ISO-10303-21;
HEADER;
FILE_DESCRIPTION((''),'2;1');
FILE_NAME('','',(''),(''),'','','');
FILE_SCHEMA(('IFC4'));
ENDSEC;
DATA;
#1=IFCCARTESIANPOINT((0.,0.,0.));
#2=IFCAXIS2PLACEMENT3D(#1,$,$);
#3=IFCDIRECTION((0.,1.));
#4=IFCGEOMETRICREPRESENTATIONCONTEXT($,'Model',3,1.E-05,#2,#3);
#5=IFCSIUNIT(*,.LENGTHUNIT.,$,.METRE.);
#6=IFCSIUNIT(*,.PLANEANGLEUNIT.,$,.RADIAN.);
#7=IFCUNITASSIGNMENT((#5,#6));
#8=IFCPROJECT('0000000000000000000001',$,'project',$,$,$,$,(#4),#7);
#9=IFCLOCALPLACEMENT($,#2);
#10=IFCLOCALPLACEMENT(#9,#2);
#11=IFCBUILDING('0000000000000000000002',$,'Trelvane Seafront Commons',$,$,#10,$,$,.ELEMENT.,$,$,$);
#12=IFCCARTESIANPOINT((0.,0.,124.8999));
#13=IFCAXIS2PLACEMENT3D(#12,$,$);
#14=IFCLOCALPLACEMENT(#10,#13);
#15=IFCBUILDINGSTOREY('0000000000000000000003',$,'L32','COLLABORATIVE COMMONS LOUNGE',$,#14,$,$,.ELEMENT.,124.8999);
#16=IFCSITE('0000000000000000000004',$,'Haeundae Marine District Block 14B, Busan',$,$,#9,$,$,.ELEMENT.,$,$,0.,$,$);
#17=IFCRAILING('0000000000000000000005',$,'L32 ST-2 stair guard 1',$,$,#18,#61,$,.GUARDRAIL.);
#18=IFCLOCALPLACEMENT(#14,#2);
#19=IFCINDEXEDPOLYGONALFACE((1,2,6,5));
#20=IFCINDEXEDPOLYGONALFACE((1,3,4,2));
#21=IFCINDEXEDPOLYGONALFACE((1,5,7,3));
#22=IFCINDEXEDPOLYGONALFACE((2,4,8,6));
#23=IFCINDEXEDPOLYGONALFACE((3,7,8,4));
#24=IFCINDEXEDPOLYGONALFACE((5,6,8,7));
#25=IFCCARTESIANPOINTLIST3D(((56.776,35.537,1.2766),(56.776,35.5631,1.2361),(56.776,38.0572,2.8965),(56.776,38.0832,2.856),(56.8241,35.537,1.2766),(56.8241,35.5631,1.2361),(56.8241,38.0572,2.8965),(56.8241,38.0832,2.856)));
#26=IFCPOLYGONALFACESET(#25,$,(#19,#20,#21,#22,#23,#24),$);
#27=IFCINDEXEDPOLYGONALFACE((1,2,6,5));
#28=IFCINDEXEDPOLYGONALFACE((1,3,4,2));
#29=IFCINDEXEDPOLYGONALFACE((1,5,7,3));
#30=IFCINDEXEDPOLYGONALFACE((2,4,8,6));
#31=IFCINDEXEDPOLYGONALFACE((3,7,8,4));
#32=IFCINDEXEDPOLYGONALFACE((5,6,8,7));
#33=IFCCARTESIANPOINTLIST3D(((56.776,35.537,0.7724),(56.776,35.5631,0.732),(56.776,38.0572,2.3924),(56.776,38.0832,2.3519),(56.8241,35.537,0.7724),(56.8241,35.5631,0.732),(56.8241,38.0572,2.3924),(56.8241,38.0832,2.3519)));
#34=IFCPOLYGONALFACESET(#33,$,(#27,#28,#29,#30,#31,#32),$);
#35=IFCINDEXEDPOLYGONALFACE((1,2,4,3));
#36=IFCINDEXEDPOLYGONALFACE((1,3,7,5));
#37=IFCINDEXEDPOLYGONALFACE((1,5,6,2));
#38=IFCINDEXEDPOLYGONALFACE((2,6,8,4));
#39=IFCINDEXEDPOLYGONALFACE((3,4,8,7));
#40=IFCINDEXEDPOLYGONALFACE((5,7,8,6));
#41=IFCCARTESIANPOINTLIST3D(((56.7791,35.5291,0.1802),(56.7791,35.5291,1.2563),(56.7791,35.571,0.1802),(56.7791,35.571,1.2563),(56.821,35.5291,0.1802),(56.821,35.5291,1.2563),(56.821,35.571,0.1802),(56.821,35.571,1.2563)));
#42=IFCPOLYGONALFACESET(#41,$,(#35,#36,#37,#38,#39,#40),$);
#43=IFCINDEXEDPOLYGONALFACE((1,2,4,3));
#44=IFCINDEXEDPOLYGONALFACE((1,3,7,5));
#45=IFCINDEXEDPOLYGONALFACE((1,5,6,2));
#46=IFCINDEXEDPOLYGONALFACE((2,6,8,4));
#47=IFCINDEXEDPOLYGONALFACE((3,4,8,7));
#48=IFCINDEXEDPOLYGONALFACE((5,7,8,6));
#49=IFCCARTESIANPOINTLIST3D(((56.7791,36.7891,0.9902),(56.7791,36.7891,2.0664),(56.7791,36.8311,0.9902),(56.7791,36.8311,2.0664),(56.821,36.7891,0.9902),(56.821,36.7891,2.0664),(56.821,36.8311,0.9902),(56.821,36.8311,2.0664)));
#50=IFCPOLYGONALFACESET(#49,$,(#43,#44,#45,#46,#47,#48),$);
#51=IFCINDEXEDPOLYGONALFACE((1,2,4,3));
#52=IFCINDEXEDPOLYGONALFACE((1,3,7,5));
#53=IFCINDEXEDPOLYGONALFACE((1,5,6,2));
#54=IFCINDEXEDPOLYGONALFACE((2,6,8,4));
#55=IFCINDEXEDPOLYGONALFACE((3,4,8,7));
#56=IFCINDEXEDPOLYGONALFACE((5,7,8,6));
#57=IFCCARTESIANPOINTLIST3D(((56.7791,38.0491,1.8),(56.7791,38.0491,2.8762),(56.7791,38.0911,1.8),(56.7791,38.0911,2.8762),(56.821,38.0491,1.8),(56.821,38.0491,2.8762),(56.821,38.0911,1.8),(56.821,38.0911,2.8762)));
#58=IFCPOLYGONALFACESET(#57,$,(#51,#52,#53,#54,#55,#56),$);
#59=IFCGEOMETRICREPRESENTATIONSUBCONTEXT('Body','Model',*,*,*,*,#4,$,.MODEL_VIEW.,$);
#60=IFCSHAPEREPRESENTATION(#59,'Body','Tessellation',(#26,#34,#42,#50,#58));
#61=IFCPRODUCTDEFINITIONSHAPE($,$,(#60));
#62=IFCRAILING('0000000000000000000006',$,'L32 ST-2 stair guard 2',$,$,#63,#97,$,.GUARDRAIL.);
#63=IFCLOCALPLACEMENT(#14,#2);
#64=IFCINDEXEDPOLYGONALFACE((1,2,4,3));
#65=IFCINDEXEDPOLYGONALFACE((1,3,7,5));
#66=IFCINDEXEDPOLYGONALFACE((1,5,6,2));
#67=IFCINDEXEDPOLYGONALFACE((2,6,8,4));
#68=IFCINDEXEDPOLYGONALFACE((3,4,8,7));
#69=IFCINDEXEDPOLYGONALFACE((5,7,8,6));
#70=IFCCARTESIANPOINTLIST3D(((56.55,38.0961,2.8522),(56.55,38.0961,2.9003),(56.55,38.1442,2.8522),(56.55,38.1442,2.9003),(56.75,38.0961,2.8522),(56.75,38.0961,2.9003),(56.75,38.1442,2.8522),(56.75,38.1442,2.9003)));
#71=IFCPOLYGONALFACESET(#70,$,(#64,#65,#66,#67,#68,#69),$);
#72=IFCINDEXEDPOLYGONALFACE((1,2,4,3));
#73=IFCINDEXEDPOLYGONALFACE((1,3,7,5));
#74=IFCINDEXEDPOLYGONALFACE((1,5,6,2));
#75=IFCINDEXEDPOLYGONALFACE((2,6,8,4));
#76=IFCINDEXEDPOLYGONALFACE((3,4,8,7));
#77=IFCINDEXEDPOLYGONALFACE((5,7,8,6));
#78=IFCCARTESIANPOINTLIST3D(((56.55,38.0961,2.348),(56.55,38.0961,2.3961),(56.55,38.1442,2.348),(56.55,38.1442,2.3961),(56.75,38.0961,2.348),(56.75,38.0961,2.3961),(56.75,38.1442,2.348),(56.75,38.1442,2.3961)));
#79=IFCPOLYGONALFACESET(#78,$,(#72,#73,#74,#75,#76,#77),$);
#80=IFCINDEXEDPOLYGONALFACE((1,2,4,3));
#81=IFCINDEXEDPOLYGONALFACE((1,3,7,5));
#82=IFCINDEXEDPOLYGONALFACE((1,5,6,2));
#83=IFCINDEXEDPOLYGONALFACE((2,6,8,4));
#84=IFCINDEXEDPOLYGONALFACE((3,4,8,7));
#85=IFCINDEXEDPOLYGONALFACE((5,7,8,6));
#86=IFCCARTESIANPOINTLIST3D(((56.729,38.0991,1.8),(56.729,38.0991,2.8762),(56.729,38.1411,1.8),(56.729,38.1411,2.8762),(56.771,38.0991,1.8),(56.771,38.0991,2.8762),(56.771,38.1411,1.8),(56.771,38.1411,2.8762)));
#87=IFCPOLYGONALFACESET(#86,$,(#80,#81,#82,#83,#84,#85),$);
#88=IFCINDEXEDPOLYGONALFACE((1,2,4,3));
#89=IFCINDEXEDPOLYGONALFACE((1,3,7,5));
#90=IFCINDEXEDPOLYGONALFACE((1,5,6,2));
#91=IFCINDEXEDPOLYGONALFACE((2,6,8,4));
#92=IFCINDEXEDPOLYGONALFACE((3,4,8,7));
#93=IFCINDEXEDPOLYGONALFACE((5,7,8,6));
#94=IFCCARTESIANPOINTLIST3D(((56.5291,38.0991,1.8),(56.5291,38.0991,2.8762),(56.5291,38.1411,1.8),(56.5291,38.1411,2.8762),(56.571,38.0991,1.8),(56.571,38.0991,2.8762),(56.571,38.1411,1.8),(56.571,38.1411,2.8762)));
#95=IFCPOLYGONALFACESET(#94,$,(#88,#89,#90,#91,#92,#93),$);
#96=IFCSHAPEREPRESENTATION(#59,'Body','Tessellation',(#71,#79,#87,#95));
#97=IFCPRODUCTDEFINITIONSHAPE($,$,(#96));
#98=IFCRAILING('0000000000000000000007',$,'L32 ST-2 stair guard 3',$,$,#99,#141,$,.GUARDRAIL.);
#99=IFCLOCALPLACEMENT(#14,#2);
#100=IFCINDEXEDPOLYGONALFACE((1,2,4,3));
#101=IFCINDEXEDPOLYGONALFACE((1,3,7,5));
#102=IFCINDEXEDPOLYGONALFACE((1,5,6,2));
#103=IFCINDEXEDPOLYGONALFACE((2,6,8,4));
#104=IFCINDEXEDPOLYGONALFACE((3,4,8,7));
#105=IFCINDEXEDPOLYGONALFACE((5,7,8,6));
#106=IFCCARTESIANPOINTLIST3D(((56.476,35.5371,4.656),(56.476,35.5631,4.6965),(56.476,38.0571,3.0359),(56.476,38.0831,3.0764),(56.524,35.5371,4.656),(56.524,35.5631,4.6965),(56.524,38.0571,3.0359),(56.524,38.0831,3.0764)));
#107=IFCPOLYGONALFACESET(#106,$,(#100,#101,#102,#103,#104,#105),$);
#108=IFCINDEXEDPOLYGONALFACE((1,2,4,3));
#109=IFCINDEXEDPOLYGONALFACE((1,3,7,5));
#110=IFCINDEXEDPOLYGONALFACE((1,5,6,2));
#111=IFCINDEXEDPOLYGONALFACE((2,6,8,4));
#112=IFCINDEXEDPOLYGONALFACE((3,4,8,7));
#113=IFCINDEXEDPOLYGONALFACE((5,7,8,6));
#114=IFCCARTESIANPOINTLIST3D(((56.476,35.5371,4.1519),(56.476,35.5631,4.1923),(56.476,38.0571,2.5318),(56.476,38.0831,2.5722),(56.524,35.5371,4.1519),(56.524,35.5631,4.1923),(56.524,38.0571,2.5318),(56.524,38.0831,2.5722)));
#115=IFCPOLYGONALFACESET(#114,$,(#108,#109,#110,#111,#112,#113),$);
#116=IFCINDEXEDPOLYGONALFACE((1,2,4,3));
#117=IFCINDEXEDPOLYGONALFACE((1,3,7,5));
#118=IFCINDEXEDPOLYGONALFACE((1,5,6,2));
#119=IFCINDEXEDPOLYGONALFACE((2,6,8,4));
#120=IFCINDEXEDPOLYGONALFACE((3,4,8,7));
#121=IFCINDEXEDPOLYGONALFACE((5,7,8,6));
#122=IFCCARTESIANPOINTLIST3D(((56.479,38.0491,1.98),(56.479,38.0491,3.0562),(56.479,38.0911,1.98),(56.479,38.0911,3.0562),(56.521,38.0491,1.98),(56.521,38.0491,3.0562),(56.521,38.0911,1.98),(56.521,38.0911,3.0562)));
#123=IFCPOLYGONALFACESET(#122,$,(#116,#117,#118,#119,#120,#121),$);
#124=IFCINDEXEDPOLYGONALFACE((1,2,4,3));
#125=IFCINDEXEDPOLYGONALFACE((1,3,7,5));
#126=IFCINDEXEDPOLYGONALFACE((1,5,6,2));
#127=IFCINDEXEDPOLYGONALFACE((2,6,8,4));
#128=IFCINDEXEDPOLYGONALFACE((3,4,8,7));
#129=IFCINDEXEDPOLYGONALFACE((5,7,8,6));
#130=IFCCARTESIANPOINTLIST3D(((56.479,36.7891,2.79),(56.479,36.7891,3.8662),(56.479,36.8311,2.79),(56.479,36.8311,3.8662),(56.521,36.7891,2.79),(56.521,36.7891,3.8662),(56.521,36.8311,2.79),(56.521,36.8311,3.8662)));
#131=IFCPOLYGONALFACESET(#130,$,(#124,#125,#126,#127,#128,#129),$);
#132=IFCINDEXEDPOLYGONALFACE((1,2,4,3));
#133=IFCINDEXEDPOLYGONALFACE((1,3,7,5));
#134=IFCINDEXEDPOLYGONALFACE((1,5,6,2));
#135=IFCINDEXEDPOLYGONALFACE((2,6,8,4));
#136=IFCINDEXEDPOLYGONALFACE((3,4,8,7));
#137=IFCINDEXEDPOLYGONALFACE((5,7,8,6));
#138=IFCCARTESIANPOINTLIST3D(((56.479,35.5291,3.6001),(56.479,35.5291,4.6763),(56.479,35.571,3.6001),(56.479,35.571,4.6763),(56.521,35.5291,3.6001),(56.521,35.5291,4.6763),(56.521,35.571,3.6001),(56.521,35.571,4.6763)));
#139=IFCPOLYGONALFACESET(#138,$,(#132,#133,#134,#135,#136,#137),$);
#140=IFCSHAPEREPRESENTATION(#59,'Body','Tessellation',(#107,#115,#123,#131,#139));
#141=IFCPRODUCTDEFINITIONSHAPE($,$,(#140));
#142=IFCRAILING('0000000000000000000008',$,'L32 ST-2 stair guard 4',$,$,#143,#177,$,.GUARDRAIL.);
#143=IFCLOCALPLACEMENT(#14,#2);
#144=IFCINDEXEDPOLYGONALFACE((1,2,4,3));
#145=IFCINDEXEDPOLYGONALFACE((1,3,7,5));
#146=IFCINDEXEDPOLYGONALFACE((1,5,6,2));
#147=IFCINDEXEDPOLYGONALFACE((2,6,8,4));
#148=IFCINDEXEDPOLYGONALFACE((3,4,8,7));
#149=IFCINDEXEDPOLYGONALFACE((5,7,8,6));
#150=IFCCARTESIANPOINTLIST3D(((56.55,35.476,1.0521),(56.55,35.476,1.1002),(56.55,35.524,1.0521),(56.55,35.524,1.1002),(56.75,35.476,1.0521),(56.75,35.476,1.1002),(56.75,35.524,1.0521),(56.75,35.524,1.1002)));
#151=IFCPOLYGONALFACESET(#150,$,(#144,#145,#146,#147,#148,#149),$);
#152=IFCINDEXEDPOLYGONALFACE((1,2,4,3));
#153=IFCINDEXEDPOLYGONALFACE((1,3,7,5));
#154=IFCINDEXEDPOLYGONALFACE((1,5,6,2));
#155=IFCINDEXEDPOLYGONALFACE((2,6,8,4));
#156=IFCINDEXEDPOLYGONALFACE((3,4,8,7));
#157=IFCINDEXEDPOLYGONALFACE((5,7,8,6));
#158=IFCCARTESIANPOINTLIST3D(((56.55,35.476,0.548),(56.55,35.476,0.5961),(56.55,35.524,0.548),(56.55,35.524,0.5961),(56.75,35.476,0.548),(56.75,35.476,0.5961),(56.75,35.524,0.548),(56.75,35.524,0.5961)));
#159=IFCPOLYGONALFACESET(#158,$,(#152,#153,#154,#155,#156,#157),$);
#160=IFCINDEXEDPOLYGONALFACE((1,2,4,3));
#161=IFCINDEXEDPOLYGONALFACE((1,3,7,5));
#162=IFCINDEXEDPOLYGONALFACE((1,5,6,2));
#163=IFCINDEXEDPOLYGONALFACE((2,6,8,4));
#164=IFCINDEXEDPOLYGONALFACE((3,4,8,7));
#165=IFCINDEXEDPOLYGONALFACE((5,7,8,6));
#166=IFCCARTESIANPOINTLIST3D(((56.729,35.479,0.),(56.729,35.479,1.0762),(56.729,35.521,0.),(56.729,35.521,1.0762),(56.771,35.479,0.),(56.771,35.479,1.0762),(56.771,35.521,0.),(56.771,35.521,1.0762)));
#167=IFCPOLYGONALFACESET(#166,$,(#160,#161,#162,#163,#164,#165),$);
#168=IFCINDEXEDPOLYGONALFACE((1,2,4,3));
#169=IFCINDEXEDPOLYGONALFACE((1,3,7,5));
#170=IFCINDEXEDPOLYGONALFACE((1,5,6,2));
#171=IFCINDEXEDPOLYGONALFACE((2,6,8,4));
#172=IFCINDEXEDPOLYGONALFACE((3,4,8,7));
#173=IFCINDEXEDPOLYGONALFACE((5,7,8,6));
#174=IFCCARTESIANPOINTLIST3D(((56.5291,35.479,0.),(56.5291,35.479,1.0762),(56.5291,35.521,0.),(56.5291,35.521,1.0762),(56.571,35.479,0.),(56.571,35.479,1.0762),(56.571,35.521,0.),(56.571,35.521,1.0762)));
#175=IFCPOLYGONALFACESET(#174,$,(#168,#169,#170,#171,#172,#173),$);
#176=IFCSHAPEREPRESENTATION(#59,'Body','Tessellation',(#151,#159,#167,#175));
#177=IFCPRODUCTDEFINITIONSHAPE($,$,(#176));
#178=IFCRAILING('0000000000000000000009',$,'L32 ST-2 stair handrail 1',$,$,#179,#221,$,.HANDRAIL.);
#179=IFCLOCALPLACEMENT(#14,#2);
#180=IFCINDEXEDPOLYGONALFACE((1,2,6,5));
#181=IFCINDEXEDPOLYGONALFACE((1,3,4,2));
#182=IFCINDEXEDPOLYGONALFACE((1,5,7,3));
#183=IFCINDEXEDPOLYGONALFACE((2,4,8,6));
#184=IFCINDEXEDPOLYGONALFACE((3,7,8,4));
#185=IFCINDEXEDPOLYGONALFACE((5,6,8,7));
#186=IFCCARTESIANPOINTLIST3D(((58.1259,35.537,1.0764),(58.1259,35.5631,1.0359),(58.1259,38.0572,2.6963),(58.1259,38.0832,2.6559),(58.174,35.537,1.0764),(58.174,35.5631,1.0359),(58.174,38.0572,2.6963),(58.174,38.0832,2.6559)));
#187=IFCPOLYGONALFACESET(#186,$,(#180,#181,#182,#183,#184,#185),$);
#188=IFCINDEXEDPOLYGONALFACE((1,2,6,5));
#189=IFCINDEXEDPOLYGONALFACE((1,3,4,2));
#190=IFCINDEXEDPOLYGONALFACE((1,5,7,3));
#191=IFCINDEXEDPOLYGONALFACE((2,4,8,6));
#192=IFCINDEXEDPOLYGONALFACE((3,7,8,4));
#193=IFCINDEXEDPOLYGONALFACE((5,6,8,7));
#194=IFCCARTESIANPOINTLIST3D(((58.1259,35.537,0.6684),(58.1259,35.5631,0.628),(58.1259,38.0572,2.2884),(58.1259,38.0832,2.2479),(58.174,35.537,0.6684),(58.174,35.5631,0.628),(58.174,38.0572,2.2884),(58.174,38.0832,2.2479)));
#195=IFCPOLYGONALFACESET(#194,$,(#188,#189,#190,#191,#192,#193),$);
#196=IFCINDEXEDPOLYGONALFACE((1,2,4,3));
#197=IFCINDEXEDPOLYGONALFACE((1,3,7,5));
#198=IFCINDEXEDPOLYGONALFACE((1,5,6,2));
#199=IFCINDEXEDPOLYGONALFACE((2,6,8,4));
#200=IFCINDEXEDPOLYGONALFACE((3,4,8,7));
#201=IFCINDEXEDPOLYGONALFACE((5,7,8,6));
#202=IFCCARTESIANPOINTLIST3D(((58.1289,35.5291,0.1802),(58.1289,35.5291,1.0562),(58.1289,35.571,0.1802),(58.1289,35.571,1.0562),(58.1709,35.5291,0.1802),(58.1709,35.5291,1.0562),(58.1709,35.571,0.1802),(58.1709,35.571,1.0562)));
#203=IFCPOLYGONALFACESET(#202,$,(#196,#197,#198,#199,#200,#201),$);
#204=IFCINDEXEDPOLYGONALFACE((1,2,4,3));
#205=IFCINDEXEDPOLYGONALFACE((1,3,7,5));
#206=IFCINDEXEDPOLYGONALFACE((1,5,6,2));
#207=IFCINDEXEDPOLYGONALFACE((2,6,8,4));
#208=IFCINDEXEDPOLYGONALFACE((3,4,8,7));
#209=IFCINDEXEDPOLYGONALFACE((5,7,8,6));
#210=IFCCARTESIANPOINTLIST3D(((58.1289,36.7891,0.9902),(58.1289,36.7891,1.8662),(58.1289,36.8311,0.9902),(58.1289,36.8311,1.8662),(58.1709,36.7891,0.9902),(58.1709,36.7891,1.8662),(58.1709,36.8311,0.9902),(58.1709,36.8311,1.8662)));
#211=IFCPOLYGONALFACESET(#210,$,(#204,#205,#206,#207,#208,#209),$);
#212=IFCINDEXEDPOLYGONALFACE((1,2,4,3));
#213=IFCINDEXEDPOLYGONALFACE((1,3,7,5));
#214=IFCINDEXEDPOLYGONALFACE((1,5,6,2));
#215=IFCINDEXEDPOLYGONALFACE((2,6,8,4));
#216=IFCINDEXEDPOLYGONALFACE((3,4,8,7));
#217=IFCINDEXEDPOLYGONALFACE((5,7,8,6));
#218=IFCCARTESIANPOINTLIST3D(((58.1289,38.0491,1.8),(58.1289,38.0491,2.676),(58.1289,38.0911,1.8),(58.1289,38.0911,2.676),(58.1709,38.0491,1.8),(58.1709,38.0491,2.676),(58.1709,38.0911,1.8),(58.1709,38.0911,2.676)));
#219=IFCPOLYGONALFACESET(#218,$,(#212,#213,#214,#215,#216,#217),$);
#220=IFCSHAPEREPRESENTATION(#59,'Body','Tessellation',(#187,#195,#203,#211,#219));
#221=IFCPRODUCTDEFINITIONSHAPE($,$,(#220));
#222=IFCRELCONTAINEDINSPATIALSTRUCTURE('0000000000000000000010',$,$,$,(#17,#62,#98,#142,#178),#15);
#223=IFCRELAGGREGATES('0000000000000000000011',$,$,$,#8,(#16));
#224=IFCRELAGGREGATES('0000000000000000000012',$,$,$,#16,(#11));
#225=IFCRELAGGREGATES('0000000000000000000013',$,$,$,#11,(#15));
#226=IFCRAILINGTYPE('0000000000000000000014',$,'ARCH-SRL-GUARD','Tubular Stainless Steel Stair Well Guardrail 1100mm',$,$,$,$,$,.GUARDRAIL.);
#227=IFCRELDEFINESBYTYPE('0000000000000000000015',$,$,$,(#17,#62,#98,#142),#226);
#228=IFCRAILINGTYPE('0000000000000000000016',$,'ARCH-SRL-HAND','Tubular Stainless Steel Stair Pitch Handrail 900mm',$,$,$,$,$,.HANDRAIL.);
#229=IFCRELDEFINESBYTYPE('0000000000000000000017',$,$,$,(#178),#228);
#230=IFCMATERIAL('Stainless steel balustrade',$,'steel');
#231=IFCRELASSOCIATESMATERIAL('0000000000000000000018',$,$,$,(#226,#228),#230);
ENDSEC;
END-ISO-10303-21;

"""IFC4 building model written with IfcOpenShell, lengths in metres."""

from ifc_helpers import new_model, si_unit, direction, frame, origin, origin_2d, place, context, subcontext, project, spatial, rectangle, extrude, material, type_object, element, save


model = new_model("IFC4")

# Units and contexts
model_context = context("Model", 3, precision=1e-05, world=origin(), true_north=direction((0.0, 1.0)))
body_context = subcontext(model_context, "Body", "Model", "MODEL_VIEW")
ifc_project = project(units=[si_unit("LENGTHUNIT", "METRE"), si_unit("PLANEANGLEUNIT", "RADIAN")], contexts=[model_context])

# Site, building, storey
site_placement = place(None, origin())
site = spatial("IfcSite", under=ifc_project, at=site_placement, Name="Haeundae Marine District Block 14B, Busan", CompositionType="ELEMENT", RefElevation=0.0)
building_placement = place(site_placement, origin())
building = spatial("IfcBuilding", under=site, at=building_placement, Name="Trelvane Seafront Commons", CompositionType="ELEMENT")
storey_placement = place(building_placement, frame((0.0, 0.0, 124.8999)))
storey = spatial("IfcBuildingStorey", under=building, at=storey_placement, Name="L32", Description="COLLABORATIVE COMMONS LOUNGE", CompositionType="ELEMENT", Elevation=124.8999)

# Railings
ifc_material_1 = material(Name="Stainless steel balustrade", Category="steel")
railing_type_1 = type_object("IfcRailingType", Name="ARCH-SRL-GUARD", Description="Tubular Stainless Steel Stair Well Guardrail 1100mm", PredefinedType="GUARDRAIL", material=ifc_material_1)
railing_1_placement = place(storey_placement, frame((56.8, 35.55, 0.1802)))
element("IfcRailing", 1, at=railing_1_placement, inside=storey, type_object=railing_type_1, Name="L32 ST-2 stair guard 1", PredefinedType="GUARDRAIL", context=body_context, shape_type="SweptSolid", body=[
    extrude(rectangle(XDim=0.0481, YDim=0.0481, at=origin_2d()), frame((0.0, 0.0, 1.0762), z_axis=(0.0, 0.8412, 0.540725), x_axis=(-1.0, 0.0, 0.0)), (0.0, 0.0, 1.0), 2.9958),
    extrude(rectangle(XDim=0.0481, YDim=0.0481, at=origin_2d()), frame((0.0, 0.0, 0.572), z_axis=(0.0, 0.8412, 0.540725), x_axis=(-1.0, 0.0, 0.0)), (0.0, 0.0, 1.0), 2.9958),
    extrude(rectangle(XDim=0.042, YDim=0.042, at=origin_2d()), origin(), (0.0, 0.0, 1.0), 1.0762),
    extrude(rectangle(XDim=0.042, YDim=0.042, at=origin_2d()), frame((0.0, 1.26, 0.8101)), (0.0, 0.0, 1.0), 1.0762),
    extrude(rectangle(XDim=0.042, YDim=0.042, at=origin_2d()), frame((0.0, 2.52, 1.6199)), (0.0, 0.0, 1.0), 1.0762),
])
railing_2_placement = place(storey_placement, frame((56.75, 38.1201, 1.8)))
element("IfcRailing", 2, at=railing_2_placement, inside=storey, type_object=railing_type_1, Name="L32 ST-2 stair guard 2", PredefinedType="GUARDRAIL", context=body_context, shape_type="SweptSolid", body=[
    extrude(rectangle(XDim=0.0481, YDim=0.0481, at=origin_2d()), frame((0.0, 0.0, 1.0762), z_axis=(-1.0, 0.0, 0.0), x_axis=(0.0, -1.0, 0.0)), (0.0, 0.0, 1.0), 0.2),
    extrude(rectangle(XDim=0.0481, YDim=0.0481, at=origin_2d()), frame((0.0, 0.0, 0.572), z_axis=(-1.0, 0.0, 0.0), x_axis=(0.0, -1.0, 0.0)), (0.0, 0.0, 1.0), 0.2),
    extrude(rectangle(XDim=0.042, YDim=0.042, at=origin_2d()), origin(), (0.0, 0.0, 1.0), 1.0762),
    extrude(rectangle(XDim=0.042, YDim=0.042, at=origin_2d()), frame((-0.2, 0.0, 0.0)), (0.0, 0.0, 1.0), 1.0762),
])
railing_3_placement = place(storey_placement, frame((56.5, 38.0701, 1.98)))
element("IfcRailing", 3, at=railing_3_placement, inside=storey, type_object=railing_type_1, Name="L32 ST-2 stair guard 3", PredefinedType="GUARDRAIL", context=body_context, shape_type="SweptSolid", body=[
    extrude(rectangle(XDim=0.0481, YDim=0.0481, at=origin_2d()), frame((0.0, 0.0, 1.0762), z_axis=(0.0, -0.841163, 0.540782), x_axis=(1.0, 0.0, 0.0)), (0.0, 0.0, 1.0), 2.9958),
    extrude(rectangle(XDim=0.0481, YDim=0.0481, at=origin_2d()), frame((0.0, 0.0, 0.572), z_axis=(0.0, -0.841163, 0.540782), x_axis=(1.0, 0.0, 0.0)), (0.0, 0.0, 1.0), 2.9958),
    extrude(rectangle(XDim=0.042, YDim=0.042, at=origin_2d()), origin(), (0.0, 0.0, 1.0), 1.0762),
    extrude(rectangle(XDim=0.042, YDim=0.042, at=origin_2d()), frame((0.0, -1.26, 0.8101)), (0.0, 0.0, 1.0), 1.0762),
    extrude(rectangle(XDim=0.042, YDim=0.042, at=origin_2d()), frame((0.0, -2.52, 1.6201)), (0.0, 0.0, 1.0), 1.0762),
])
railing_4_placement = place(storey_placement, frame((56.75, 35.5, 0.0)))
element("IfcRailing", 4, at=railing_4_placement, inside=storey, type_object=railing_type_1, Name="L32 ST-2 stair guard 4", PredefinedType="GUARDRAIL", context=body_context, shape_type="SweptSolid", body=[
    extrude(rectangle(XDim=0.0481, YDim=0.0481, at=origin_2d()), frame((0.0, 0.0, 1.0762), z_axis=(-1.0, 0.0, 0.0), x_axis=(0.0, -1.0, 0.0)), (0.0, 0.0, 1.0), 0.2),
    extrude(rectangle(XDim=0.0481, YDim=0.0481, at=origin_2d()), frame((0.0, 0.0, 0.572), z_axis=(-1.0, 0.0, 0.0), x_axis=(0.0, -1.0, 0.0)), (0.0, 0.0, 1.0), 0.2),
    extrude(rectangle(XDim=0.042, YDim=0.042, at=origin_2d()), origin(), (0.0, 0.0, 1.0), 1.0762),
    extrude(rectangle(XDim=0.042, YDim=0.042, at=origin_2d()), frame((-0.2, 0.0, 0.0)), (0.0, 0.0, 1.0), 1.0762),
])
railing_type_2 = type_object("IfcRailingType", Name="ARCH-SRL-HAND", Description="Tubular Stainless Steel Stair Pitch Handrail 900mm", PredefinedType="HANDRAIL", material=ifc_material_1)
railing_5_placement = place(storey_placement, frame((58.1499, 35.55, 0.1802)))
element("IfcRailing", 5, at=railing_5_placement, inside=storey, type_object=railing_type_2, Name="L32 ST-2 stair handrail 1", PredefinedType="HANDRAIL", context=body_context, shape_type="SweptSolid", body=[
    extrude(rectangle(XDim=0.0481, YDim=0.0481, at=origin_2d()), frame((0.0, 0.0, 0.876), z_axis=(0.0, 0.8412, 0.540725), x_axis=(-1.0, 0.0, 0.0)), (0.0, 0.0, 1.0), 2.9958),
    extrude(rectangle(XDim=0.0481, YDim=0.0481, at=origin_2d()), frame((0.0, 0.0, 0.468), z_axis=(0.0, 0.8412, 0.540725), x_axis=(-1.0, 0.0, 0.0)), (0.0, 0.0, 1.0), 2.9958),
    extrude(rectangle(XDim=0.042, YDim=0.042, at=origin_2d()), origin(), (0.0, 0.0, 1.0), 0.876),
    extrude(rectangle(XDim=0.042, YDim=0.042, at=origin_2d()), frame((0.0, 1.26, 0.8101)), (0.0, 0.0, 1.0), 0.876),
    extrude(rectangle(XDim=0.042, YDim=0.042, at=origin_2d()), frame((0.0, 2.52, 1.6199)), (0.0, 0.0, 1.0), 0.876),
])

save(model, "model.ifc")
